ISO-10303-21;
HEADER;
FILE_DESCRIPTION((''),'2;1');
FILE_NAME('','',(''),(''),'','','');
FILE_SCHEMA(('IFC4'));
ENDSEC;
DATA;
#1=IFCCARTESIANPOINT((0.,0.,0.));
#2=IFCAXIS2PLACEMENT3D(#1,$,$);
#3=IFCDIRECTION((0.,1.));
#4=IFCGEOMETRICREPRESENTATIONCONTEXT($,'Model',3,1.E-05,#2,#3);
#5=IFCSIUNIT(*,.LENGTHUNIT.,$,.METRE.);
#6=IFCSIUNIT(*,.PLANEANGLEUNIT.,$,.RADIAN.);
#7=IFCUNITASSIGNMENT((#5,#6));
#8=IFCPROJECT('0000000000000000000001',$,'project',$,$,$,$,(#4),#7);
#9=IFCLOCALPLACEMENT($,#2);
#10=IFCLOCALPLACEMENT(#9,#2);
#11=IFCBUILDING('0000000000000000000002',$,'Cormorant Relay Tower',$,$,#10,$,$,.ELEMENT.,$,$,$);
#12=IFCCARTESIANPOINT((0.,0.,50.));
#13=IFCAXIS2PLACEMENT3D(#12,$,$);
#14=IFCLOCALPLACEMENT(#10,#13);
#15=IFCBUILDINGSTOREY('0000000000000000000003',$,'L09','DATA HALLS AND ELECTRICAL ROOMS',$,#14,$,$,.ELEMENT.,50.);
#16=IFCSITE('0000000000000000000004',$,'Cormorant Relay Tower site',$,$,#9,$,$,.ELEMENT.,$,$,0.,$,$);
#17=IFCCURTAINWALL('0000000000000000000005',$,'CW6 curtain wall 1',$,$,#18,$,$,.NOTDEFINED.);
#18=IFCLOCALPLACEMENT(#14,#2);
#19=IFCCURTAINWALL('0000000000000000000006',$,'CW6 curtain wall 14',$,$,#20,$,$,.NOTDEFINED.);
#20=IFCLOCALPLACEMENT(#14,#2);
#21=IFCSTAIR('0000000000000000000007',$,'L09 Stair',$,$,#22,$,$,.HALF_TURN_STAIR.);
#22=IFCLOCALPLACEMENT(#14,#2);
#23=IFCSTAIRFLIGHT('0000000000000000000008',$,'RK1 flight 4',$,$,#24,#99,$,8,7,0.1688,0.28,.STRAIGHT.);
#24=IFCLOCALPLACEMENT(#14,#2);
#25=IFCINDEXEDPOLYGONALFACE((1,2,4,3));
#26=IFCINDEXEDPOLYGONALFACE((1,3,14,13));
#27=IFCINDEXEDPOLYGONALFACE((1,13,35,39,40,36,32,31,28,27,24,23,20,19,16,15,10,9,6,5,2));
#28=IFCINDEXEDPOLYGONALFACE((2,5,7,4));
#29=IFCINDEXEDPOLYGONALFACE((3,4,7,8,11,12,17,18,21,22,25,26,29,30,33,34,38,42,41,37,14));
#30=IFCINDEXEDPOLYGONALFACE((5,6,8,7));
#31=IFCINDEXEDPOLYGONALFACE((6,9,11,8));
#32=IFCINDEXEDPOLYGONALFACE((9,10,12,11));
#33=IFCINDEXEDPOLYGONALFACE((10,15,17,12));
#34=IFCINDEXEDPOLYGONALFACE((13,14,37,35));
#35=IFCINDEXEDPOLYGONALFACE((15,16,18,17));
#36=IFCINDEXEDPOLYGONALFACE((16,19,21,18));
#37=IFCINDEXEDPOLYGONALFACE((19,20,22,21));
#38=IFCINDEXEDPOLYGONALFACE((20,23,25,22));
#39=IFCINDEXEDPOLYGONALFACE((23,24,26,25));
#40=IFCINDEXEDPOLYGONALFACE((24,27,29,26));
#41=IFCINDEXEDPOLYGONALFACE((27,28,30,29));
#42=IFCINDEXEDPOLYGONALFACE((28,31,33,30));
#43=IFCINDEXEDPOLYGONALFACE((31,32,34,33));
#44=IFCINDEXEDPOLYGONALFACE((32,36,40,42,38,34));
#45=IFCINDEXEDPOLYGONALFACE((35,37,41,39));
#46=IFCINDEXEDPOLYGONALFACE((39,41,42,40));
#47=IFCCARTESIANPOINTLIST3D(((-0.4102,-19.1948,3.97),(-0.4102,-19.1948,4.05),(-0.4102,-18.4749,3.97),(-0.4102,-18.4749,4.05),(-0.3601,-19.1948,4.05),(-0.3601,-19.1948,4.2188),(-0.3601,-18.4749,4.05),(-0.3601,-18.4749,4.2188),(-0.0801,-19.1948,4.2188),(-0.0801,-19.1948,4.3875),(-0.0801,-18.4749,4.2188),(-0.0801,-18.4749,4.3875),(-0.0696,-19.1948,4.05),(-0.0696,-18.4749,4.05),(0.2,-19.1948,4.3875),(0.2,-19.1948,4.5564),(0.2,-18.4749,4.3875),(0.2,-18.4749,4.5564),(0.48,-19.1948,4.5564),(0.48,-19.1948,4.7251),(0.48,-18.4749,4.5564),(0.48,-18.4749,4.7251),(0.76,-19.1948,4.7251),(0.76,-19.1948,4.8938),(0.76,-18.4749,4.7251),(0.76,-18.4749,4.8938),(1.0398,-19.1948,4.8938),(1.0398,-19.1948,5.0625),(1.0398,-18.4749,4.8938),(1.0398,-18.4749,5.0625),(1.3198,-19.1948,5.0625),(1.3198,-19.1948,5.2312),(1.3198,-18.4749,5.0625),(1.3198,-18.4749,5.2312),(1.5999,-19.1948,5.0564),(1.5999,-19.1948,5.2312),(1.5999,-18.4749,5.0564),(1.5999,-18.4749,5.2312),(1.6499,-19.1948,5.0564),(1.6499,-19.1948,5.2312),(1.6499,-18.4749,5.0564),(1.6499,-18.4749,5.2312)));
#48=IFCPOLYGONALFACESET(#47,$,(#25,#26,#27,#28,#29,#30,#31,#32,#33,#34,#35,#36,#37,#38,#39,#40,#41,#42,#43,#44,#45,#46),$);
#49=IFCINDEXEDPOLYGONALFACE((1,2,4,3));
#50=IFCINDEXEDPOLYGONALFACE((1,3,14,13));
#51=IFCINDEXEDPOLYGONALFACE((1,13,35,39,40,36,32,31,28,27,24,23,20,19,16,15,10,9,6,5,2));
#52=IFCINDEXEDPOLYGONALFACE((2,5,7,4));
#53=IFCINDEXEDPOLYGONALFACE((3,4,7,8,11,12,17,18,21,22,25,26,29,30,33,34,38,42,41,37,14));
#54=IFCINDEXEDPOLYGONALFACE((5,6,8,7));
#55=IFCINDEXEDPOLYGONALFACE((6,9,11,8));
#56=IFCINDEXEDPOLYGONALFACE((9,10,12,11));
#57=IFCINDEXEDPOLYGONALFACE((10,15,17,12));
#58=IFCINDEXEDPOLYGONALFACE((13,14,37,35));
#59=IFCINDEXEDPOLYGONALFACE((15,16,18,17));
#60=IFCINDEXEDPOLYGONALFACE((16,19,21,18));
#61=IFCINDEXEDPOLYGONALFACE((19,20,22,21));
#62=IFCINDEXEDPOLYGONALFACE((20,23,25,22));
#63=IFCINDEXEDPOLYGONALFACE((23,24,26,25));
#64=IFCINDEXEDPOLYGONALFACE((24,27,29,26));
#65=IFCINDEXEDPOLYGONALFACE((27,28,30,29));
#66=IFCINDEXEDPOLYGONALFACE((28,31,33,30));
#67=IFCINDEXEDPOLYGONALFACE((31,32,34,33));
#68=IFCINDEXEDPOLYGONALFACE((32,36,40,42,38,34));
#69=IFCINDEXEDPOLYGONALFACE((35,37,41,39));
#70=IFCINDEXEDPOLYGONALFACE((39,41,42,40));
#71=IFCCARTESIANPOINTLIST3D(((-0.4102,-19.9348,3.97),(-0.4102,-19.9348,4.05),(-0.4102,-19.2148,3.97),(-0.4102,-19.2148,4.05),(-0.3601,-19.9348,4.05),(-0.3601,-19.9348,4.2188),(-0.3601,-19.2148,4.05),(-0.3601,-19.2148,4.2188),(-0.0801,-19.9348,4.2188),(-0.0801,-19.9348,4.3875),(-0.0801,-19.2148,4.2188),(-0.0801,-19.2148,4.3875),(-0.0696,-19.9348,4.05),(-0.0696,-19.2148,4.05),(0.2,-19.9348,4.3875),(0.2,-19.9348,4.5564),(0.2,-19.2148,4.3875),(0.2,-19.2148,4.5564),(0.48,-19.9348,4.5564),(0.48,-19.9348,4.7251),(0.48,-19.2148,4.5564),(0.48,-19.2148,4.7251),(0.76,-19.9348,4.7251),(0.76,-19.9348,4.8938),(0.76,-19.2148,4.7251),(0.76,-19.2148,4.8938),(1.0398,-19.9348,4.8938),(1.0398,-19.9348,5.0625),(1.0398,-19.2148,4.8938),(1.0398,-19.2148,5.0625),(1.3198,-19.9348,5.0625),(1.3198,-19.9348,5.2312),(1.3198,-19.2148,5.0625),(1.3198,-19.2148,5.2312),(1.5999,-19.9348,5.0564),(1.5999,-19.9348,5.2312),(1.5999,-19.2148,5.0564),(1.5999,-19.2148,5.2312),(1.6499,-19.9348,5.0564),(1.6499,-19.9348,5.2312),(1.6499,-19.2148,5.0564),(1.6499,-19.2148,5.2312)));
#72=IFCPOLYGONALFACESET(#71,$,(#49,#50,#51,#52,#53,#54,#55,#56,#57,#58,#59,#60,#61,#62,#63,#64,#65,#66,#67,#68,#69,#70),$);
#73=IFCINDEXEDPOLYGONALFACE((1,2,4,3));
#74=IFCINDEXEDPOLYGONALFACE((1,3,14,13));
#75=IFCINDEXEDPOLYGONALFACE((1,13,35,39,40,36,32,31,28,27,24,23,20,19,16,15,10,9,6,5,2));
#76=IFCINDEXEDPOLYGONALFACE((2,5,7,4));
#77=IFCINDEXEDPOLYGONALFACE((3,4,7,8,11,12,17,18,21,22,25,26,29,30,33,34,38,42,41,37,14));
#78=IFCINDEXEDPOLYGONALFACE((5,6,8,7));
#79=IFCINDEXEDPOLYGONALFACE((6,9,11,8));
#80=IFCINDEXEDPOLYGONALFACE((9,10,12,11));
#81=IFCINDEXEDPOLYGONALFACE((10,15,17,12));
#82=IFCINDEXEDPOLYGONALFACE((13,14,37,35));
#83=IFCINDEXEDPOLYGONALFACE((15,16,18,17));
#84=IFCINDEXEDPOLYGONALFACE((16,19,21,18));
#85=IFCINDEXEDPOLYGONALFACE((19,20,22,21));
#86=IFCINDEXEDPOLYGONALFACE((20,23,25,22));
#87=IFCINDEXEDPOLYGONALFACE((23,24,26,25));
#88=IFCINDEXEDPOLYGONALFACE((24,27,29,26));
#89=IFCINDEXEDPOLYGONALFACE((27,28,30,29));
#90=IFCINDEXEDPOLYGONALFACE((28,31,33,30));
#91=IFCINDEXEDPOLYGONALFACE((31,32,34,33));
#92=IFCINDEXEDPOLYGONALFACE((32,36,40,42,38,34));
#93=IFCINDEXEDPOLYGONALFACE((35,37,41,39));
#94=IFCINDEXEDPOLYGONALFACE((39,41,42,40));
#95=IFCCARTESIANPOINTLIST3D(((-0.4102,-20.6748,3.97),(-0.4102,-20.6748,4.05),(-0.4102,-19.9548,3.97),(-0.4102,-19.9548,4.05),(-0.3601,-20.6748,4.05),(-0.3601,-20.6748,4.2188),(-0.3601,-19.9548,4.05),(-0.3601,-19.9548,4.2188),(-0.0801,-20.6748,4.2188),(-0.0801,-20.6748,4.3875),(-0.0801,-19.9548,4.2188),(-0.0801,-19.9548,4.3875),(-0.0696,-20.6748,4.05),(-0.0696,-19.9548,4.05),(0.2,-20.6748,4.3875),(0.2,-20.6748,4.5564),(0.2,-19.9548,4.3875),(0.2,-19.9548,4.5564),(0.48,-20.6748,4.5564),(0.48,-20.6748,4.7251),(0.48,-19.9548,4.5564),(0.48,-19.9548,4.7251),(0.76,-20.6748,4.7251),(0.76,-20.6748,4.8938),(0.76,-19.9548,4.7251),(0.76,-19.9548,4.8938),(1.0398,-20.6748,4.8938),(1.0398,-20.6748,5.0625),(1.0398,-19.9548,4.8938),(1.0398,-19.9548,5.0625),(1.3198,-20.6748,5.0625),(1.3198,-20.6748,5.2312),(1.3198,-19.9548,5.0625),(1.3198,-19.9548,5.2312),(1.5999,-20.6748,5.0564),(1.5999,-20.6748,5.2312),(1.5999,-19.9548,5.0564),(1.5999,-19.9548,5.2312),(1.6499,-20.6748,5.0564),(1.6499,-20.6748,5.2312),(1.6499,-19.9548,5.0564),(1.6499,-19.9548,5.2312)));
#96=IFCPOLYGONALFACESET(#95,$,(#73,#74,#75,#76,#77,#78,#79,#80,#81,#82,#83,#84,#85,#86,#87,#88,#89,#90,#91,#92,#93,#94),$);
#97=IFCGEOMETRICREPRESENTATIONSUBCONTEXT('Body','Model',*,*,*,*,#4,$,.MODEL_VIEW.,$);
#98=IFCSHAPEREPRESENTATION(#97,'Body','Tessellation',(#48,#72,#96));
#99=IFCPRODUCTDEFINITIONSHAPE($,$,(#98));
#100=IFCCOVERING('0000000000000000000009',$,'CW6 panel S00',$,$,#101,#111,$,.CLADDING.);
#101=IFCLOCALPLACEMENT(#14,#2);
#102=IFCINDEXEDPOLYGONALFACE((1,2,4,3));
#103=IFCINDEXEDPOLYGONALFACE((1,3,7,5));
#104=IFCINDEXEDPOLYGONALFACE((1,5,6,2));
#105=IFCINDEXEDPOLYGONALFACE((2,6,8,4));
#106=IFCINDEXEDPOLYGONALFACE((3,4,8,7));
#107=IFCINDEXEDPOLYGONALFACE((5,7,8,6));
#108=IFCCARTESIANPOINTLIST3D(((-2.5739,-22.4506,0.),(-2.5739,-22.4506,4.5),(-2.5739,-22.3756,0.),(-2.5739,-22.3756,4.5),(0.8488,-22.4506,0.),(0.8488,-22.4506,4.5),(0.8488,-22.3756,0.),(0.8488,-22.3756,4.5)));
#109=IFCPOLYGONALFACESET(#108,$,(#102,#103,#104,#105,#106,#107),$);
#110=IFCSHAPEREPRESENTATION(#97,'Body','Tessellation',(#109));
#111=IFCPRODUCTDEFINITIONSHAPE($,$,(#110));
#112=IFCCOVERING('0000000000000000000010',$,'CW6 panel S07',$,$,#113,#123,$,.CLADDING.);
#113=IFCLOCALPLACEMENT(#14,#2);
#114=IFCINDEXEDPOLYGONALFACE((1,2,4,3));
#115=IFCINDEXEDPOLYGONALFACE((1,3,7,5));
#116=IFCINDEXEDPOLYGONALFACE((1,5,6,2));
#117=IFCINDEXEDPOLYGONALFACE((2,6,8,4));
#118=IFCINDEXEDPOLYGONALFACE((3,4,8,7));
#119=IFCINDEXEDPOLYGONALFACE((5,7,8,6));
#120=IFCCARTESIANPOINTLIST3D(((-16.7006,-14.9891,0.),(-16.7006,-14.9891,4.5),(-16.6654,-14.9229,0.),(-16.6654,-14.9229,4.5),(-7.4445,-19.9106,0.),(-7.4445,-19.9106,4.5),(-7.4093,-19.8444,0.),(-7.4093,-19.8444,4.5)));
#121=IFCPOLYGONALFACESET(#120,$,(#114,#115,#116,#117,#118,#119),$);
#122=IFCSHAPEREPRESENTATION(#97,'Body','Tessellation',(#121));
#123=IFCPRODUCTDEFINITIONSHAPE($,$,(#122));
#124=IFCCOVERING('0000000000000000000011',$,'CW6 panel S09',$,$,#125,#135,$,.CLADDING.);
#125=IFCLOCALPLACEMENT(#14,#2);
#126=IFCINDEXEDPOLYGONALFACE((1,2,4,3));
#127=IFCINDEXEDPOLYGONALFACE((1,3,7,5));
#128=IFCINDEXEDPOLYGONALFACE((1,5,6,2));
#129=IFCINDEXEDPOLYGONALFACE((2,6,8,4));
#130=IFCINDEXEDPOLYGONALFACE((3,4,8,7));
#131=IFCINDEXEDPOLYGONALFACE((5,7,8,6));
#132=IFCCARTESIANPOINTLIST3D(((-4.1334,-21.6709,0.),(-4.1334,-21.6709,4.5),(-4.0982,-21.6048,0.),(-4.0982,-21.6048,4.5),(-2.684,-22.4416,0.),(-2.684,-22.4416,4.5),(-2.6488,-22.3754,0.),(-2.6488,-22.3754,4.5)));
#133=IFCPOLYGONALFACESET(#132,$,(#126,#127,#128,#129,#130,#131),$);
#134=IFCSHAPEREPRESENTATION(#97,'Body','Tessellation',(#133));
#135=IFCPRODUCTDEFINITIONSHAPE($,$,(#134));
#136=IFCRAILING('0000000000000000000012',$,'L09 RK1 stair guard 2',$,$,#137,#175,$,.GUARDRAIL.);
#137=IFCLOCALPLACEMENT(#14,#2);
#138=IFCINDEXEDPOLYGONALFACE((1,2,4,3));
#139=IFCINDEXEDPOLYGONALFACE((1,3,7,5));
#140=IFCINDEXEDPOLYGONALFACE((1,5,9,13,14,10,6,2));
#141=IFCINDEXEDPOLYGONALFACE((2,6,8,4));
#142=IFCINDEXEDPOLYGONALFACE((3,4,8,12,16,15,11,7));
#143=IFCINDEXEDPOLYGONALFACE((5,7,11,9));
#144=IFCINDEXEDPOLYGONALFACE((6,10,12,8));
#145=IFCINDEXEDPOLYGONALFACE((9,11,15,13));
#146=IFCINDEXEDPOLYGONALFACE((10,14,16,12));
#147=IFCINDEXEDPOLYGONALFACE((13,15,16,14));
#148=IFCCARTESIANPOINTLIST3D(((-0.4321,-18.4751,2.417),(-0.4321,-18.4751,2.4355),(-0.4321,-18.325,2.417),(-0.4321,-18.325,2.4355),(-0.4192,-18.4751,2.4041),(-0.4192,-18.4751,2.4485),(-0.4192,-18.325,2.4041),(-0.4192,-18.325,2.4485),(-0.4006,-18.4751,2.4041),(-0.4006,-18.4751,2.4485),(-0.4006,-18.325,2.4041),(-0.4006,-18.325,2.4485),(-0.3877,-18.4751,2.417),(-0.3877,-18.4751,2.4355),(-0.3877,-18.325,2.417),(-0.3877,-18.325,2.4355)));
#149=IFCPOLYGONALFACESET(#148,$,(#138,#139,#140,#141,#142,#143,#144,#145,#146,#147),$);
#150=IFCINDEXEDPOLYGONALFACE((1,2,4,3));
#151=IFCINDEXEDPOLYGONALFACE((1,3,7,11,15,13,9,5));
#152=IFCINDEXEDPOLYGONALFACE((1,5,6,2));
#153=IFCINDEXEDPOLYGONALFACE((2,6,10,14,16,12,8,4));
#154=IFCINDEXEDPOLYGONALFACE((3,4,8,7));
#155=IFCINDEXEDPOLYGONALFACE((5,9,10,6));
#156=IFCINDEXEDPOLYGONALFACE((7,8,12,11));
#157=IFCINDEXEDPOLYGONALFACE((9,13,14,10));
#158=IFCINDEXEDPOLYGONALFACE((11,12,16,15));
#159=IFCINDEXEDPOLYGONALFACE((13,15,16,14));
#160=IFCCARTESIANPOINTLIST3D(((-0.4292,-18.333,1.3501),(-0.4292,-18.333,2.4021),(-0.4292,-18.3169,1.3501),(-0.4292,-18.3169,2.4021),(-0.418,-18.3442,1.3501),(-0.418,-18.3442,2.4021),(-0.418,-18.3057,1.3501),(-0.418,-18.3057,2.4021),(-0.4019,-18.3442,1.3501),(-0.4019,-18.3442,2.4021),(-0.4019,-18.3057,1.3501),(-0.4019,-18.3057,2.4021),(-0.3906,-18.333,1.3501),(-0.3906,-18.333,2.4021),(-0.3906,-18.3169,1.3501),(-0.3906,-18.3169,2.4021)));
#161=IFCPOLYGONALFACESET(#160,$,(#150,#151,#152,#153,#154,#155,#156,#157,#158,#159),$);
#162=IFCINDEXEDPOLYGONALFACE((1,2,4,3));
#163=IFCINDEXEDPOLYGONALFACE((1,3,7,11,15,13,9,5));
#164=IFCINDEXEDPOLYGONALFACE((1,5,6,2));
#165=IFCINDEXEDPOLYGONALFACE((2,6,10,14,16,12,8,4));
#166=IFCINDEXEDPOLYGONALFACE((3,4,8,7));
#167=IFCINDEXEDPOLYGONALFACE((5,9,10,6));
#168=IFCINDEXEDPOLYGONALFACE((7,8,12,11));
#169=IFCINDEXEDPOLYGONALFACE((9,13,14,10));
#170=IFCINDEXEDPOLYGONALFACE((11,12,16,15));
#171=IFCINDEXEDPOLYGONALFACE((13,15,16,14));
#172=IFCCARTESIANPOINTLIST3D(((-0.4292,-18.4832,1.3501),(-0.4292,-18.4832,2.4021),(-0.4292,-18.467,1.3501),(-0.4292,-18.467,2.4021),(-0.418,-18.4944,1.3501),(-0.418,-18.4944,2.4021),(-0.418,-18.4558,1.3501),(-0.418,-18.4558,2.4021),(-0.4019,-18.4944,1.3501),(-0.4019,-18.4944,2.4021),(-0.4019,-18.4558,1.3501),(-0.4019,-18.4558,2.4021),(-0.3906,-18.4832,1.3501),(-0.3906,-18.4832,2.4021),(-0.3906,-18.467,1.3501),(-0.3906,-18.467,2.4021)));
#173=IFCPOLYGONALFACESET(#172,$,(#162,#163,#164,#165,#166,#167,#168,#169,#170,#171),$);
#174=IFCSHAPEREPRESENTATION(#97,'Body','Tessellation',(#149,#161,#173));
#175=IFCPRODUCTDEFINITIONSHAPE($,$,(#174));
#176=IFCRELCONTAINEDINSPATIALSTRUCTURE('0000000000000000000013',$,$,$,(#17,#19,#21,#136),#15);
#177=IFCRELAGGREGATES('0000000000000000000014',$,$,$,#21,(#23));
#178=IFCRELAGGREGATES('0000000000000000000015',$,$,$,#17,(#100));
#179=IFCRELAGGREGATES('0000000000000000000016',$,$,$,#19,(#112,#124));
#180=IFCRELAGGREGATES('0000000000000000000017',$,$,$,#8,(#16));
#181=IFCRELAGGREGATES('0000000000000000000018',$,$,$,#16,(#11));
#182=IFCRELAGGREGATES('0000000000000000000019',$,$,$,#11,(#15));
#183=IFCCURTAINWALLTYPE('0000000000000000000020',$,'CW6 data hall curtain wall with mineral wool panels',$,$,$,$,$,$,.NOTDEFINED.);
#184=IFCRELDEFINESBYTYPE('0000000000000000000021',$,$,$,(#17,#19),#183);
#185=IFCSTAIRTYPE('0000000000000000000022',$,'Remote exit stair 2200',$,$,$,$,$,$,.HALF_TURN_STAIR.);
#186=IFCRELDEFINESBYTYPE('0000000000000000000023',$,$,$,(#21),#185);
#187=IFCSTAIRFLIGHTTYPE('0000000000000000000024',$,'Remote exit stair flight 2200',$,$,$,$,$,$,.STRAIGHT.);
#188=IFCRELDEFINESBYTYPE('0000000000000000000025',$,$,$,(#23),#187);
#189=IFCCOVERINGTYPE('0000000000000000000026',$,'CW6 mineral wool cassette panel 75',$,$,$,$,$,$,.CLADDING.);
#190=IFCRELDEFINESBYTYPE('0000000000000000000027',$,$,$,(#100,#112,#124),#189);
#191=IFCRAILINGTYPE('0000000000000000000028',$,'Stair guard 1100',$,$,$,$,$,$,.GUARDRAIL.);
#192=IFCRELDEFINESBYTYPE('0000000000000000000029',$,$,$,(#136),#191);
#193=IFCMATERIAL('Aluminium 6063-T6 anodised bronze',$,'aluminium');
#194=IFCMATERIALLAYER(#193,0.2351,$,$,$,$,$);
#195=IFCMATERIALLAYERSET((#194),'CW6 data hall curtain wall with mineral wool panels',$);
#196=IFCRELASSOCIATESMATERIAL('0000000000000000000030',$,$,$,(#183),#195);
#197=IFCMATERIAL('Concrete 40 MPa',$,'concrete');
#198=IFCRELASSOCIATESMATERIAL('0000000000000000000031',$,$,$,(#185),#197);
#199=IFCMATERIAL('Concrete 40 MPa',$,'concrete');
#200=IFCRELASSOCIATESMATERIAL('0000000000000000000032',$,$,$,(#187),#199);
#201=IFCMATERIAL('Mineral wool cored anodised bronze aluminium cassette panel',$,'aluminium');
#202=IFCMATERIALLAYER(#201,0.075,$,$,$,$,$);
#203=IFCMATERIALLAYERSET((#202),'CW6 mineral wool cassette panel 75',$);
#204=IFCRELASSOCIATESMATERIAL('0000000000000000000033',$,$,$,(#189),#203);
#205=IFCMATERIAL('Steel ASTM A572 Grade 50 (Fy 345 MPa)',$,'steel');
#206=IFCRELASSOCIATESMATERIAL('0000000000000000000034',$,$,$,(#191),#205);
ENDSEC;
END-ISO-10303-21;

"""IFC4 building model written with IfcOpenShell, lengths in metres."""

from ifc_helpers import new_model, si_unit, direction, frame, origin, origin_2d, place, context, subcontext, project, spatial, polyline, rectangle, outline, extrude, material, layer, layer_set, type_object, element, aggregate, save


model = new_model("IFC4")

# Units and contexts
model_context = context("Model", 3, precision=1e-05, world=origin(), true_north=direction((0.0, 1.0)))
body_context = subcontext(model_context, "Body", "Model", "MODEL_VIEW")
ifc_project = project(units=[si_unit("LENGTHUNIT", "METRE"), si_unit("PLANEANGLEUNIT", "RADIAN")], contexts=[model_context])

# Site, building, storey
site_placement = place(None, origin())
site = spatial("IfcSite", under=ifc_project, at=site_placement, Name="Cormorant Relay Tower site", CompositionType="ELEMENT", RefElevation=0.0)
building_placement = place(site_placement, origin())
building = spatial("IfcBuilding", under=site, at=building_placement, Name="Cormorant Relay Tower", CompositionType="ELEMENT")
storey_placement = place(building_placement, frame((0.0, 0.0, 50.0)))
storey = spatial("IfcBuildingStorey", under=building, at=storey_placement, Name="L09", Description="DATA HALLS AND ELECTRICAL ROOMS", CompositionType="ELEMENT", Elevation=50.0)

# Curtain wall
ifc_material_1 = material(Name="Aluminium 6063-T6 anodised bronze", Category="aluminium")
ifc_layer_1 = layer(ifc_material_1, 0.2351)
ifc_layer_set_1 = layer_set([ifc_layer_1], Name="CW6 data hall curtain wall with mineral wool panels")
curtain_wall_type = type_object("IfcCurtainWallType", Name="CW6 data hall curtain wall with mineral wool panels", PredefinedType="NOTDEFINED", material=ifc_layer_set_1)
curtain_wall_1_placement = place(storey_placement, origin())
curtain_wall_1 = element("IfcCurtainWall", 1, at=curtain_wall_1_placement, inside=storey, type_object=curtain_wall_type, Name="CW6 curtain wall 1", PredefinedType="NOTDEFINED")

# Curtain wall
curtain_wall_2_placement = place(storey_placement, origin())
curtain_wall_2 = element("IfcCurtainWall", 2, at=curtain_wall_2_placement, inside=storey, type_object=curtain_wall_type, Name="CW6 curtain wall 14", PredefinedType="NOTDEFINED")

# Stair, stair flight
ifc_material_2 = material(Name="Concrete 40 MPa", Category="concrete")
stair_type = type_object("IfcStairType", Name="Remote exit stair 2200", PredefinedType="HALF_TURN_STAIR", material=ifc_material_2)
stair_placement = place(storey_placement, origin())
stair = element("IfcStair", 3, at=stair_placement, inside=storey, type_object=stair_type, Name="L09 Stair", PredefinedType="HALF_TURN_STAIR")
ifc_material_3 = material(Name="Concrete 40 MPa", Category="concrete")
stair_flight_type = type_object("IfcStairFlightType", Name="Remote exit stair flight 2200", PredefinedType="STRAIGHT", material=ifc_material_3)
stair_flight_1_placement = place(storey_placement, frame((-0.3601, -19.575, 4.05), z_axis=(0.0, 0.0, 1.0), x_axis=(1.0, 0.0, 0.0)))
stair_flight_1 = element("IfcStairFlight", 4, at=stair_flight_1_placement, type_object=stair_flight_type, Name="RK1 flight 4", NumberOfRisers=8, NumberOfTreads=7, PredefinedType="STRAIGHT", RiserHeight=0.1688, TreadLength=0.28, context=body_context, shape_type="SweptSolid", body=[
    extrude(outline(polyline([(-0.05, -0.0801), (-0.05, 0.0), (0.0, 0.0), (0.0, 0.1687), (0.28, 0.1687), (0.28, 0.3374), (0.5601, 0.3374), (0.5601, 0.5063), (0.8401, 0.5063), (0.8401, 0.675), (1.1201, 0.675), (1.1201, 0.8438), (1.3999, 0.8438), (1.3999, 1.0125), (1.6799, 1.0125), (1.6799, 1.1812), (1.96, 1.1812), (2.01, 1.1812), (2.01, 1.0063), (1.96, 1.0063), (0.2905, 0.0), (-0.05, -0.0801)])), frame((0.0, 1.1001, 0.0), z_axis=(0.0, -1.0, 0.0), x_axis=(1.0, 0.0, 0.0)), (0.0, 0.0, 1.0), 0.72),
    extrude(outline(polyline([(-0.05, -0.0801), (-0.05, 0.0), (0.0, 0.0), (0.0, 0.1687), (0.28, 0.1687), (0.28, 0.3374), (0.5601, 0.3374), (0.5601, 0.5063), (0.8401, 0.5063), (0.8401, 0.675), (1.1201, 0.675), (1.1201, 0.8438), (1.3999, 0.8438), (1.3999, 1.0125), (1.6799, 1.0125), (1.6799, 1.1812), (1.96, 1.1812), (2.01, 1.1812), (2.01, 1.0063), (1.96, 1.0063), (0.2905, 0.0), (-0.05, -0.0801)])), frame((0.0, 0.3601, 0.0), z_axis=(0.0, -1.0, 0.0), x_axis=(1.0, 0.0, 0.0)), (0.0, 0.0, 1.0), 0.72),
    extrude(outline(polyline([(-0.05, -0.0801), (-0.05, 0.0), (0.0, 0.0), (0.0, 0.1687), (0.28, 0.1687), (0.28, 0.3374), (0.5601, 0.3374), (0.5601, 0.5063), (0.8401, 0.5063), (0.8401, 0.675), (1.1201, 0.675), (1.1201, 0.8438), (1.3999, 0.8438), (1.3999, 1.0125), (1.6799, 1.0125), (1.6799, 1.1812), (1.96, 1.1812), (2.01, 1.1812), (2.01, 1.0063), (1.96, 1.0063), (0.2905, 0.0), (-0.05, -0.0801)])), frame((0.0, -0.3799, 0.0), z_axis=(0.0, -1.0, 0.0), x_axis=(1.0, 0.0, 0.0)), (0.0, 0.0, 1.0), 0.72),
])
aggregate(stair, [stair_flight_1])

# Coverings
ifc_material_4 = material(Name="Mineral wool cored anodised bronze aluminium cassette panel", Category="aluminium")
ifc_layer_2 = layer(ifc_material_4, 0.075)
ifc_layer_set_2 = layer_set([ifc_layer_2], Name="CW6 mineral wool cassette panel 75")
covering_type = type_object("IfcCoveringType", Name="CW6 mineral wool cassette panel 75", PredefinedType="CLADDING", material=ifc_layer_set_2)
covering_1_placement = place(storey_placement, frame((-0.8625, -22.4131, 0.0), z_axis=(0.0, 0.0, 1.0), x_axis=(1.0, 0.0, 0.0)))
covering_1 = element("IfcCovering", 5, at=covering_1_placement, type_object=covering_type, Name="CW6 panel S00", PredefinedType="CLADDING", context=body_context, shape_type="SweptSolid", body=[
    extrude(rectangle(XDim=3.4226, YDim=0.075, at=origin_2d()), origin(), (0.0, 0.0, 1.0), 4.5),
])
aggregate(curtain_wall_1, [covering_1])
covering_2_placement = place(storey_placement, frame((-12.0549, -17.4167, 0.0), z_axis=(0.0, 0.0, 1.0), x_axis=(0.882948, -0.469472, 0.0)))
covering_2 = element("IfcCovering", 6, at=covering_2_placement, type_object=covering_type, Name="CW6 panel S07", PredefinedType="CLADDING", context=body_context, shape_type="SweptSolid", body=[
    extrude(rectangle(XDim=10.4832, YDim=0.075, at=origin_2d()), origin(), (0.0, 0.0, 1.0), 4.5),
])
covering_3_placement = place(storey_placement, frame((-3.3911, -22.0232, 0.0), z_axis=(0.0, 0.0, 1.0), x_axis=(0.882948, -0.469472, 0.0)))
covering_3 = element("IfcCovering", 7, at=covering_3_placement, type_object=covering_type, Name="CW6 panel S09", PredefinedType="CLADDING", context=body_context, shape_type="SweptSolid", body=[
    extrude(rectangle(XDim=1.6416, YDim=0.075, at=origin_2d()), origin(), (0.0, 0.0, 1.0), 4.5),
])
aggregate(curtain_wall_2, [covering_2, covering_3])

# Railing
ifc_material_5 = material(Name="Steel ASTM A572 Grade 50 (Fy 345 MPa)", Category="steel")
railing_type_1 = type_object("IfcRailingType", Name="Stair guard 1100", PredefinedType="GUARDRAIL", material=ifc_material_5)
railing_1_placement = place(storey_placement, frame((-0.4099, -18.325, 1.3501)))
element("IfcRailing", 8, at=railing_1_placement, inside=storey, type_object=railing_type_1, Name="L09 RK1 stair guard 2", PredefinedType="GUARDRAIL", context=body_context, shape_type="SweptSolid", body=[
    extrude(outline(polyline([(0.0222, 0.0093), (0.0093, 0.0222), (-0.0093, 0.0222), (-0.0222, 0.0093), (-0.0222, -0.0093), (-0.0093, -0.0222), (0.0093, -0.0222), (0.0222, -0.0093), (0.0222, 0.0093)])), frame((0.0, 0.0, 1.0762), z_axis=(0.0, -1.0, 0.0), x_axis=(1.0, 0.0, 0.0)), (0.0, 0.0, 1.0), 0.1501),
    extrude(outline(polyline([(0.0193, 0.0081), (0.0081, 0.0193), (-0.0081, 0.0193), (-0.0193, 0.0081), (-0.0193, -0.0081), (-0.0081, -0.0193), (0.0081, -0.0193), (0.0193, -0.0081), (0.0193, 0.0081)])), origin(), (0.0, 0.0, 1.0), 1.052),
    extrude(outline(polyline([(0.0193, 0.0081), (0.0081, 0.0193), (-0.0081, 0.0193), (-0.0193, 0.0081), (-0.0193, -0.0081), (-0.0081, -0.0193), (0.0081, -0.0193), (0.0193, -0.0081), (0.0193, 0.0081)])), frame((0.0, -0.1501, 0.0)), (0.0, 0.0, 1.0), 1.052),
])

save(model, "model.ifc")
